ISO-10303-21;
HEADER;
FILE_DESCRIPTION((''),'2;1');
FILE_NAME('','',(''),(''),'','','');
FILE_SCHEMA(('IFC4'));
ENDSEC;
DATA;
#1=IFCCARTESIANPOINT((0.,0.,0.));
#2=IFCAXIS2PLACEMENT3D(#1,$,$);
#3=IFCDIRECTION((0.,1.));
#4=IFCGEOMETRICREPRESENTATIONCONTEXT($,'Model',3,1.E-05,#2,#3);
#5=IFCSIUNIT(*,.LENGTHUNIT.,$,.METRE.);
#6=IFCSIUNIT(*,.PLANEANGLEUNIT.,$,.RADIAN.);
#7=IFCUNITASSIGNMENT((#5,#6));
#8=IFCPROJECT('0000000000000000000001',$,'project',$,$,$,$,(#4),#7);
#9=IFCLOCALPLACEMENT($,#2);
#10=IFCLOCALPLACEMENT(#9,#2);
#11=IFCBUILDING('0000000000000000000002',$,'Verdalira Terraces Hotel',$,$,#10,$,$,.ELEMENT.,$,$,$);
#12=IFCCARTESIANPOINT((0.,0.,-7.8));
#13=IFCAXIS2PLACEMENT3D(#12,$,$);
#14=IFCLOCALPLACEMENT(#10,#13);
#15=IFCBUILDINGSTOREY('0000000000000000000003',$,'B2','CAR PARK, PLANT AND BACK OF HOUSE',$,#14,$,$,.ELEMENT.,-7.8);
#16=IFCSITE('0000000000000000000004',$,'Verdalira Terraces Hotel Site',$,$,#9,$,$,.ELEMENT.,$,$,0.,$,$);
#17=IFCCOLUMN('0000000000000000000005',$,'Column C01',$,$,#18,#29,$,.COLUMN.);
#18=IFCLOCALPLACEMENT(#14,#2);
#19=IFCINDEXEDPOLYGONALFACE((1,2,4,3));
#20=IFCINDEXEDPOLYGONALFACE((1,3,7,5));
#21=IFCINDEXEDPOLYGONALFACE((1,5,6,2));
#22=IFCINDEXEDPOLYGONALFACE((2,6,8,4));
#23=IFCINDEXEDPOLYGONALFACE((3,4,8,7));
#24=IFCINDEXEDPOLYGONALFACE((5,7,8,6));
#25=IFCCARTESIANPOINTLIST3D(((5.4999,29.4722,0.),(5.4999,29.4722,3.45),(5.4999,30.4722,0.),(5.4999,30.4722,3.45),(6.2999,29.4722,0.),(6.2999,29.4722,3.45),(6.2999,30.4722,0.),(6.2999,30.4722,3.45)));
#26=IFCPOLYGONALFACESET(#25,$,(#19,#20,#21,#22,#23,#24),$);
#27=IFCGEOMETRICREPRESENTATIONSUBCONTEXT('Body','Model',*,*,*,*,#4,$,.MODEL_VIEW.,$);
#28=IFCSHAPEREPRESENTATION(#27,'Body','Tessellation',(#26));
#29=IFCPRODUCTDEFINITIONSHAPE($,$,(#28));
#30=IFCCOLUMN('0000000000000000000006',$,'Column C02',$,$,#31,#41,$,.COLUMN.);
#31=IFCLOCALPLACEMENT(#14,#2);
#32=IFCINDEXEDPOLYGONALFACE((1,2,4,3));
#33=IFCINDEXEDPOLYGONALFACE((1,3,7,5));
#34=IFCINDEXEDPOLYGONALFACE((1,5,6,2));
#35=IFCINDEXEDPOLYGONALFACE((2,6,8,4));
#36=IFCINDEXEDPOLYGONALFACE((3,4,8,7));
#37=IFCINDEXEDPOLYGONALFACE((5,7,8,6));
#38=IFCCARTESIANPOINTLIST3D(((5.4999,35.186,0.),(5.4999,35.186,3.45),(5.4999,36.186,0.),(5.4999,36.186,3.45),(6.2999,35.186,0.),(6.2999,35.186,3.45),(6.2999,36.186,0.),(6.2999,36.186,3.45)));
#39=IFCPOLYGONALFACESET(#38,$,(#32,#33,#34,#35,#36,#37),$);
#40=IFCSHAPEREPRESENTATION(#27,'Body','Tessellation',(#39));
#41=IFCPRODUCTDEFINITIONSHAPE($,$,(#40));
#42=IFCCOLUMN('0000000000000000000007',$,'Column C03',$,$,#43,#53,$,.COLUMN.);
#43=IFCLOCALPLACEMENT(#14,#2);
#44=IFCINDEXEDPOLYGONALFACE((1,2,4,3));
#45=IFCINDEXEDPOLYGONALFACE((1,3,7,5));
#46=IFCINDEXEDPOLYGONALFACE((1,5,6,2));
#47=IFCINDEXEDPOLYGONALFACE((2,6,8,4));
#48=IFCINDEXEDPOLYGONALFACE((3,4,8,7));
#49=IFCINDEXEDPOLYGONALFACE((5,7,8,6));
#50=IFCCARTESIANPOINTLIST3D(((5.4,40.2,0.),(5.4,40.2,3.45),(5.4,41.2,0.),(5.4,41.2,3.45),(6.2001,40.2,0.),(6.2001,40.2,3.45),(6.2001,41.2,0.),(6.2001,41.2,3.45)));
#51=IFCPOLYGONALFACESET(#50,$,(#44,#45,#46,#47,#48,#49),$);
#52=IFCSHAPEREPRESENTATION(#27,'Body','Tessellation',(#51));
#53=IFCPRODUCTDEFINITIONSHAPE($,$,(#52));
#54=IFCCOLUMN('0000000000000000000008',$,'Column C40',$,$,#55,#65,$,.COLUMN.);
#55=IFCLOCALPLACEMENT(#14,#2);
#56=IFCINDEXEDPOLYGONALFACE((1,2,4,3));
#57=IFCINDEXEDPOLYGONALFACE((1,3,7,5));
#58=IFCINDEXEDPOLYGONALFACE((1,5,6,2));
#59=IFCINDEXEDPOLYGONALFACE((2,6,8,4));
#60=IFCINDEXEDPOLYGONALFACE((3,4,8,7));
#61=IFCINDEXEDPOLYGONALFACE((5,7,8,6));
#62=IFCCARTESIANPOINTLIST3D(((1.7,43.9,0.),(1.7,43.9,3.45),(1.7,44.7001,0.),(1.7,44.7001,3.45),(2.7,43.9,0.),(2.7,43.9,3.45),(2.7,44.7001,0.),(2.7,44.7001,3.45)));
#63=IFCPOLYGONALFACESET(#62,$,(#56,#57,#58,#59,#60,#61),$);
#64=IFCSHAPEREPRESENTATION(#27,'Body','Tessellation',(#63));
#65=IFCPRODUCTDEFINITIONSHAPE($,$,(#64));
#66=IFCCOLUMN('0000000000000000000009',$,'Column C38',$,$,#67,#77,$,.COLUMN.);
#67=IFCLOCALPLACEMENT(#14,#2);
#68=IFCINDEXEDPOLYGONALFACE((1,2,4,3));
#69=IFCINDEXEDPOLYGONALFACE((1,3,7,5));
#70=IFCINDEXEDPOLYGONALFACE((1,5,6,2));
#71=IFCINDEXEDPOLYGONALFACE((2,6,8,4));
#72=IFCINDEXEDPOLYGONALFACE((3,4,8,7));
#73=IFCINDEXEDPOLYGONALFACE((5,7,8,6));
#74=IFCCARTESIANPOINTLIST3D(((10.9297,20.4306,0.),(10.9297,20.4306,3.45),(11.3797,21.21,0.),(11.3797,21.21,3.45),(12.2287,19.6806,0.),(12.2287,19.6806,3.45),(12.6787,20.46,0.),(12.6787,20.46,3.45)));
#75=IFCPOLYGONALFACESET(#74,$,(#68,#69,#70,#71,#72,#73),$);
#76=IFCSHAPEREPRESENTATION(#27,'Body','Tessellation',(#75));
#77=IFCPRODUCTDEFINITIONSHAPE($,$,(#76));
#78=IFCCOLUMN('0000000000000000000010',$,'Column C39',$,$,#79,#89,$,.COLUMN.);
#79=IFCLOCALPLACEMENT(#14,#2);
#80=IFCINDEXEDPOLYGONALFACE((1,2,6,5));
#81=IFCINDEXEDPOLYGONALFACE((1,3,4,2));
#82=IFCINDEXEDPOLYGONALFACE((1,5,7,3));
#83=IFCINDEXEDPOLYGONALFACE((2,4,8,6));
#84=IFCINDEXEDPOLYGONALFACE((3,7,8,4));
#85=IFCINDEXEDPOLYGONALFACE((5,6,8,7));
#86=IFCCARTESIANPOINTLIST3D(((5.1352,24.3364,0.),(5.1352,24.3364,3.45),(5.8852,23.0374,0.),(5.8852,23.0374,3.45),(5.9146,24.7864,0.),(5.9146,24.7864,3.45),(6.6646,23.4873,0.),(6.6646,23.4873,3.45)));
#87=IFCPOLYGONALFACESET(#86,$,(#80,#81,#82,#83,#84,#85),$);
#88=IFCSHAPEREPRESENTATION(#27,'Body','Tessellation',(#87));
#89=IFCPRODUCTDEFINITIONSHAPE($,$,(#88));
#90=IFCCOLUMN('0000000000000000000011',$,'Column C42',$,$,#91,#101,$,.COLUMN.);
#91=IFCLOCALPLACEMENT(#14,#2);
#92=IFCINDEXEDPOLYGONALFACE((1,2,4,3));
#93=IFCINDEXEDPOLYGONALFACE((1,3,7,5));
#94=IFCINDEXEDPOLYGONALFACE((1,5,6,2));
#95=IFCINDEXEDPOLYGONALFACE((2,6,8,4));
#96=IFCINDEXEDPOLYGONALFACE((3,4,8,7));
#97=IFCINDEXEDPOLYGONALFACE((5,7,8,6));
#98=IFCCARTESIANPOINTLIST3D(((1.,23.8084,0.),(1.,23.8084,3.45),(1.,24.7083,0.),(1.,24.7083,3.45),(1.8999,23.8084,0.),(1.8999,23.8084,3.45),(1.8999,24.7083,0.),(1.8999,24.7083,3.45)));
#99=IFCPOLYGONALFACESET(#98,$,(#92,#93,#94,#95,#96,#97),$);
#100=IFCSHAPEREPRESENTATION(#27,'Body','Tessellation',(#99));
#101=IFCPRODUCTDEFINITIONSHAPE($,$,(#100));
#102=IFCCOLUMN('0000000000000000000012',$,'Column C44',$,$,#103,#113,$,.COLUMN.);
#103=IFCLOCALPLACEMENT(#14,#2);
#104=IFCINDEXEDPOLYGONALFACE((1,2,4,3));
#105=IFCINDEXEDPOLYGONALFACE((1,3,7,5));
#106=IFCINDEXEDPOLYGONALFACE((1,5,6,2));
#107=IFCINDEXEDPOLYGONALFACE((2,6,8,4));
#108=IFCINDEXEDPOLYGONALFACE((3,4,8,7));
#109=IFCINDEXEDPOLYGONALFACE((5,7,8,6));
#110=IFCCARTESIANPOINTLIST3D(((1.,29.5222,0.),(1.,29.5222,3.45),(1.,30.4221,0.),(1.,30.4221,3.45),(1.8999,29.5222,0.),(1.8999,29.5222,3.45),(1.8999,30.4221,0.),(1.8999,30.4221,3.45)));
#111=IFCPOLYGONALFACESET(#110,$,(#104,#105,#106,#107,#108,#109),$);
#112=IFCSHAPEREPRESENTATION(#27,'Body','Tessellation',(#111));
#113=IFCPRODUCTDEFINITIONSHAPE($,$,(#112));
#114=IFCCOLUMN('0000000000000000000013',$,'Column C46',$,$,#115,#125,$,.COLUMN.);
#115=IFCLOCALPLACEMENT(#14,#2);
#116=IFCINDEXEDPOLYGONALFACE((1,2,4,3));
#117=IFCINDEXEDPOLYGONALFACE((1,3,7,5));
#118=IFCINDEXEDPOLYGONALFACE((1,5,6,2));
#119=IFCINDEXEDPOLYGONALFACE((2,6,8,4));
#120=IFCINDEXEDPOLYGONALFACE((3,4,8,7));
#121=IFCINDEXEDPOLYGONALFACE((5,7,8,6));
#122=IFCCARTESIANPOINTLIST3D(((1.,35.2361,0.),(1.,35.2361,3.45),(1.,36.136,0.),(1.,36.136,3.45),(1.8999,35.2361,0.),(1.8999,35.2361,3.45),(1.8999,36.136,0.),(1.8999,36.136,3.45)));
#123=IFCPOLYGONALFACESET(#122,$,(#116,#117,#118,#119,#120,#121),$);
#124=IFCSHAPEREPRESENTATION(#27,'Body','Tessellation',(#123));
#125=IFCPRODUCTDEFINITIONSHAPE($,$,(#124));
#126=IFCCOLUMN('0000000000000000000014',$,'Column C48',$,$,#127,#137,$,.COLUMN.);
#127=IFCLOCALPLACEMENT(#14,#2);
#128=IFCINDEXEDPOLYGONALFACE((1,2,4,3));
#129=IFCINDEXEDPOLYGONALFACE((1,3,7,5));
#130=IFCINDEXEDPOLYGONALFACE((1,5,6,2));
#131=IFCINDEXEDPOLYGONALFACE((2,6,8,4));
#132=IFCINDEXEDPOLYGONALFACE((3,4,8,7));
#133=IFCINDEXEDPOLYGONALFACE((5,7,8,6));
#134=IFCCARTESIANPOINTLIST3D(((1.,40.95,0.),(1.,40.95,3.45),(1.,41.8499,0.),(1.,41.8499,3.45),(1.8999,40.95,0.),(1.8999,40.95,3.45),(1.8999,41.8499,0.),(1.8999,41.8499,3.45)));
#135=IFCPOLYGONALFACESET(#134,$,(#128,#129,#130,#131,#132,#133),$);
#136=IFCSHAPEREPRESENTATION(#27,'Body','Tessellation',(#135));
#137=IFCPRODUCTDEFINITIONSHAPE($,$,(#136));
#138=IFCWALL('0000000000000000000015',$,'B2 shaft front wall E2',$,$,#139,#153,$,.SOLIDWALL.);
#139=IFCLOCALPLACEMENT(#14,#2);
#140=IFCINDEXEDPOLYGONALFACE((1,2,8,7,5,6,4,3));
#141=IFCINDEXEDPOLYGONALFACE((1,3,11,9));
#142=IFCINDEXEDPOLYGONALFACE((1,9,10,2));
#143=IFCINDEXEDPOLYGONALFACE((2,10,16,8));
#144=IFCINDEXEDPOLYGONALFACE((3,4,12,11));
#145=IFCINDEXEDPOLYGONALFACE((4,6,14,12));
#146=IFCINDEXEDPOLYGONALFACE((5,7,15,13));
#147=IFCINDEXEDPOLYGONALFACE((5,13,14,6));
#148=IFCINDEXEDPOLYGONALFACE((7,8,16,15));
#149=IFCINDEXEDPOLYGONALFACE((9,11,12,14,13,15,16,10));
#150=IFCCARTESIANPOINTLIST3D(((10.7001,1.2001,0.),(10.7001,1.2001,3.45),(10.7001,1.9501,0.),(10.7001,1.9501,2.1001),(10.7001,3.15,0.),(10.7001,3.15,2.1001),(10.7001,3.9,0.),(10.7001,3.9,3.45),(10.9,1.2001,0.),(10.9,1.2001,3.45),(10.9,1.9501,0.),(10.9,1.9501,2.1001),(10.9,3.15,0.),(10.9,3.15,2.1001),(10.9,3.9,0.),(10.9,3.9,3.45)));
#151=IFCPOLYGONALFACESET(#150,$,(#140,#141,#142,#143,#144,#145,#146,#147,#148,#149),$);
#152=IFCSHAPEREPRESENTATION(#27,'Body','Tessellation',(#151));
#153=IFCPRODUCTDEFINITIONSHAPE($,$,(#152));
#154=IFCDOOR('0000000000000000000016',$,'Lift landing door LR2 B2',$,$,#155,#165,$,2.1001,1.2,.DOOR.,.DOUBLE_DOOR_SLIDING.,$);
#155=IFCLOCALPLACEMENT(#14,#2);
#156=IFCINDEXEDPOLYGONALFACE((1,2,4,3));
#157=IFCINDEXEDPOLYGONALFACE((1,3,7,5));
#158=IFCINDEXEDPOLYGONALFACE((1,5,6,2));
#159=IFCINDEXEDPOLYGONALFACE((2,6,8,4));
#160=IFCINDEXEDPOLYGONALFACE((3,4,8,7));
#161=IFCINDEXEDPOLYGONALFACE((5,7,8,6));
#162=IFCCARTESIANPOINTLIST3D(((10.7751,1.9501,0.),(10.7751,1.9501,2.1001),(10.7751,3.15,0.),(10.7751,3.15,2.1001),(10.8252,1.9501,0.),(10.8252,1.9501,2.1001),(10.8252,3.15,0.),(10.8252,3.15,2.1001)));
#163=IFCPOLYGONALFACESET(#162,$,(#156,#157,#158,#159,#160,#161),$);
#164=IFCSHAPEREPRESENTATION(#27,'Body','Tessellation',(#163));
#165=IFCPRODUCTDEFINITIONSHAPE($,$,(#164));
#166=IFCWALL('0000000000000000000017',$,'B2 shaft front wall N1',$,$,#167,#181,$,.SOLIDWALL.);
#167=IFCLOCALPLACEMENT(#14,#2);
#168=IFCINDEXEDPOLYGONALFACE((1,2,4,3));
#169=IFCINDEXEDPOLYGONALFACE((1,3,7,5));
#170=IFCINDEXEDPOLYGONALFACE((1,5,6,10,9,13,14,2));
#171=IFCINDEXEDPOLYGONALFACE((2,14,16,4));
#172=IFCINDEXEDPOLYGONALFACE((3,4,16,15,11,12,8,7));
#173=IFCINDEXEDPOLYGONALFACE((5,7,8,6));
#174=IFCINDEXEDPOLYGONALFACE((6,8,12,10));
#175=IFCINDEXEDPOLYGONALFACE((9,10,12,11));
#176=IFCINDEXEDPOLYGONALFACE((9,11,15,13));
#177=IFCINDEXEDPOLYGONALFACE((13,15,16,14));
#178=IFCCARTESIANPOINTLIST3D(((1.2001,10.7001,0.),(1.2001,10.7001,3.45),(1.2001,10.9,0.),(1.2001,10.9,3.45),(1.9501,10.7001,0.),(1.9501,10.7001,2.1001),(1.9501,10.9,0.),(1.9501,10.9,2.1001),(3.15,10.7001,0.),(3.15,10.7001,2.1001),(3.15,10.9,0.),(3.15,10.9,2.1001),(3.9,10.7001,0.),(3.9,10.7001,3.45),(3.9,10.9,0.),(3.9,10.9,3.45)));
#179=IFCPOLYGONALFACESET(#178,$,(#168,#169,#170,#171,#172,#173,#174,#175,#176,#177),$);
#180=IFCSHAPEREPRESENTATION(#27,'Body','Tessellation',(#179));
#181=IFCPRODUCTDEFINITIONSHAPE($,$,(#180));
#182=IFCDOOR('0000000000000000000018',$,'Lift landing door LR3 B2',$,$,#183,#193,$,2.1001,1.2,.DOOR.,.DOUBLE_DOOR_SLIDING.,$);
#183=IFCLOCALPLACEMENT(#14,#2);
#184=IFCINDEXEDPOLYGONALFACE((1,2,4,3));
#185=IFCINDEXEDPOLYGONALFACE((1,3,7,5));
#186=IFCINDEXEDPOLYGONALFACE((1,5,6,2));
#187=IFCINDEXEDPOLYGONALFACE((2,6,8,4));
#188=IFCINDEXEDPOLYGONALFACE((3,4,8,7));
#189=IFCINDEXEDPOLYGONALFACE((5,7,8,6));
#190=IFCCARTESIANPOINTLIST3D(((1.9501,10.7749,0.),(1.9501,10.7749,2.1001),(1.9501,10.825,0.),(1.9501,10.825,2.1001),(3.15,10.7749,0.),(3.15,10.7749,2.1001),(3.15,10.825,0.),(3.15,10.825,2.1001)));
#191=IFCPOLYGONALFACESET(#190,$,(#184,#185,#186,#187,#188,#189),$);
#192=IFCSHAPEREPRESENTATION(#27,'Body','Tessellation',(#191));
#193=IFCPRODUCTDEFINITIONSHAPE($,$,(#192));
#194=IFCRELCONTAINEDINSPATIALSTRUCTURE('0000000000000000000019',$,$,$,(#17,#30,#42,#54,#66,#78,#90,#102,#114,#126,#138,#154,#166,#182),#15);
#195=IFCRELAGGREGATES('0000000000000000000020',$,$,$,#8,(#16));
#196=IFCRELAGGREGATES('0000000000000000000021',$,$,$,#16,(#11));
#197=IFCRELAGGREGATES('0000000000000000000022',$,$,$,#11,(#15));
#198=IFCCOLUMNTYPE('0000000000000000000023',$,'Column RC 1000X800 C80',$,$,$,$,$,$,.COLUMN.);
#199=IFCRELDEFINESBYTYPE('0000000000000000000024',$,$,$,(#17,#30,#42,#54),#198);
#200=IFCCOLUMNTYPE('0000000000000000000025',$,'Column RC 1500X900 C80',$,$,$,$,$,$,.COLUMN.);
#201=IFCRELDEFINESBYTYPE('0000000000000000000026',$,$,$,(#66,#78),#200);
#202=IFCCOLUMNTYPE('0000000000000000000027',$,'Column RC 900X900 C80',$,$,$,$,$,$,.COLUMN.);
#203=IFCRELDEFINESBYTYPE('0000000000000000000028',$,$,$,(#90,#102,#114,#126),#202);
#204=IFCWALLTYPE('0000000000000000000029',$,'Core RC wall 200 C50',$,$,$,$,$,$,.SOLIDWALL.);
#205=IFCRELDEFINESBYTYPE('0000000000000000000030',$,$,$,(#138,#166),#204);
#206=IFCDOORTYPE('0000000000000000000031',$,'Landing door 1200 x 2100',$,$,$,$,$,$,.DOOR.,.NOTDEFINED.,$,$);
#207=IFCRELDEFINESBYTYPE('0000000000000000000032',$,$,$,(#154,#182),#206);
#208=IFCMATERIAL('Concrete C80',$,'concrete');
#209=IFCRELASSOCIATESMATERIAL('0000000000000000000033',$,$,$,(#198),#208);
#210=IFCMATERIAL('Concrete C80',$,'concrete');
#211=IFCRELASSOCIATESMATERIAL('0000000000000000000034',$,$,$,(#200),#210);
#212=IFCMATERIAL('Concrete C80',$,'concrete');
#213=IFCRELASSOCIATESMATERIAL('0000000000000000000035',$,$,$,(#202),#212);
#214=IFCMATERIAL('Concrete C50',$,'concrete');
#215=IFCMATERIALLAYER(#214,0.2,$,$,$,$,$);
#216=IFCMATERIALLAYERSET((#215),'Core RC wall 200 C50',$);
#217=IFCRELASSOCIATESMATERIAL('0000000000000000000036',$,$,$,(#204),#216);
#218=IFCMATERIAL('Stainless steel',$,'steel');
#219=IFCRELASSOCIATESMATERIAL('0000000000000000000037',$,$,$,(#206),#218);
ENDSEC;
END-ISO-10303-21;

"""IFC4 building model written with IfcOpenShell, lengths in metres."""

from ifc_helpers import new_model, si_unit, direction, frame, frame_2d, origin, origin_2d, place, context, subcontext, project, spatial, rectangle, extrude, material, layer, layer_set, material_profile, profile_set, type_object, element, fill, save


model = new_model("IFC4")

# Units and contexts
model_context = context("Model", 3, precision=1e-05, world=origin(), true_north=direction((0.0, 1.0)))
body_context = subcontext(model_context, "Body", "Model", "MODEL_VIEW")
ifc_project = project(units=[si_unit("LENGTHUNIT", "METRE"), si_unit("PLANEANGLEUNIT", "RADIAN")], contexts=[model_context])

# Site, building, storey
site_placement = place(None, origin())
site = spatial("IfcSite", under=ifc_project, at=site_placement, Name="Verdalira Terraces Hotel Site", CompositionType="ELEMENT", RefElevation=0.0)
building_placement = place(site_placement, origin())
building = spatial("IfcBuilding", under=site, at=building_placement, Name="Verdalira Terraces Hotel", CompositionType="ELEMENT")
storey_placement = place(building_placement, frame((0.0, 0.0, -7.8)))
storey = spatial("IfcBuildingStorey", under=building, at=storey_placement, Name="B2", Description="CAR PARK, PLANT AND BACK OF HOUSE", CompositionType="ELEMENT", Elevation=-7.8)

# Columns
ifc_material_1 = material(Name="Concrete C80", Category="concrete")
ifc_material_profile_1 = material_profile(ifc_material_1, rectangle(XDim=1.0, YDim=0.8, at=origin_2d()), Name="RC 1000X800")
ifc_profile_set_1 = profile_set([ifc_material_profile_1], Name="Concrete C80")
column_type_1 = type_object("IfcColumnType", Name="Column RC 1000X800 C80", PredefinedType="COLUMN", material=ifc_profile_set_1)
for number, where, z_axis, x_axis, name in (
    (1, (5.8999, 29.9722, 0.0), (0.0, 0.0, 1.0), (0.0, 1.0, 0.0), "Column C01"),
    (2, (5.8999, 35.686, 0.0), (0.0, 0.0, 1.0), (0.0, 1.0, 0.0), "Column C02"),
    (3, (5.8, 40.7, 0.0), (0.0, 0.0, 1.0), (0.0, 1.0, 0.0), "Column C03"),
    (4, (2.2, 44.3, 0.0), (0.0, 0.0, 1.0), (-1.0, 0.0, 0.0), "Column C40"),
):
    element("IfcColumn", number, at=place(storey_placement, frame(where, z_axis=z_axis, x_axis=x_axis)), inside=storey, type_object=column_type_1, Name=name, PredefinedType="COLUMN", context=body_context, shape_type="SweptSolid", body=[
        extrude(rectangle(XDim=1.0, YDim=0.8, at=origin_2d()), origin(), (0.0, 0.0, 1.0), 3.45),
    ])
ifc_material_2 = material(Name="Concrete C80", Category="concrete")
ifc_material_profile_2 = material_profile(ifc_material_2, rectangle(XDim=1.5, YDim=0.8999, at=origin_2d()), Name="RC 1500X900")
ifc_profile_set_2 = profile_set([ifc_material_profile_2], Name="Concrete C80")
column_type_2 = type_object("IfcColumnType", Name="Column RC 1500X900 C80", PredefinedType="COLUMN", material=ifc_profile_set_2)
for number, where, z_axis, x_axis, name in (
    (5, (11.8042, 20.4453, 0.0), (0.0, 0.0, 1.0), (-0.866025, 0.5, 0.0), "Column C38"),
    (6, (5.8999, 23.9119, 0.0), (0.0, 0.0, 1.0), (0.5, -0.866025, 0.0), "Column C39"),
):
    element("IfcColumn", number, at=place(storey_placement, frame(where, z_axis=z_axis, x_axis=x_axis)), inside=storey, type_object=column_type_2, Name=name, PredefinedType="COLUMN", context=body_context, shape_type="SweptSolid", body=[
        extrude(rectangle(XDim=1.5, YDim=0.8999, at=origin_2d()), origin(), (0.0, 0.0, 1.0), 3.45),
    ])
ifc_material_3 = material(Name="Concrete C80", Category="concrete")
ifc_material_profile_3 = material_profile(ifc_material_3, rectangle(XDim=0.8999, YDim=0.8999, at=origin_2d()), Name="RC 900X900")
ifc_profile_set_3 = profile_set([ifc_material_profile_3], Name="Concrete C80")
column_type_3 = type_object("IfcColumnType", Name="Column RC 900X900 C80", PredefinedType="COLUMN", material=ifc_profile_set_3)
for number, where, z_axis, x_axis, name in (
    (7, (1.45, 24.2583, 0.0), (0.0, 0.0, 1.0), (0.0, 1.0, 0.0), "Column C42"),
    (8, (1.45, 29.9722, 0.0), (0.0, 0.0, 1.0), (0.0, 1.0, 0.0), "Column C44"),
    (9, (1.45, 35.686, 0.0), (0.0, 0.0, 1.0), (0.0, 1.0, 0.0), "Column C46"),
    (10, (1.45, 41.3999, 0.0), (0.0, 0.0, 1.0), (0.0, 1.0, 0.0), "Column C48"),
):
    element("IfcColumn", number, at=place(storey_placement, frame(where, z_axis=z_axis, x_axis=x_axis)), inside=storey, type_object=column_type_3, Name=name, PredefinedType="COLUMN", context=body_context, shape_type="SweptSolid", body=[
        extrude(rectangle(XDim=0.8999, YDim=0.8999, at=origin_2d()), origin(), (0.0, 0.0, 1.0), 3.45),
    ])

# Walls, openings, doors
ifc_material_4 = material(Name="Concrete C50", Category="concrete")
ifc_layer_1 = layer(ifc_material_4, 0.2)
ifc_layer_set_1 = layer_set([ifc_layer_1], Name="Core RC wall 200 C50")
wall_type_1 = type_object("IfcWallType", Name="Core RC wall 200 C50", PredefinedType="SOLIDWALL", material=ifc_layer_set_1)
wall_1_placement = place(storey_placement, frame((10.8, 1.2, 0.0), z_axis=(0.0, 0.0, 1.0), x_axis=(0.0, 1.0, 0.0)))
wall_1 = element("IfcWall", 11, at=wall_1_placement, inside=storey, type_object=wall_type_1, Name="B2 shaft front wall E2", PredefinedType="SOLIDWALL", context=body_context, shape_type="SweptSolid", body=[
    extrude(rectangle(XDim=2.7, YDim=0.2, at=frame_2d((1.3501, 0.0))), origin(), (0.0, 0.0, 1.0), 3.45),
])
opening_1_placement = place(wall_1_placement, frame((0.75, 0.0, 0.0)))
opening_1 = element("IfcOpeningElement", 12, at=opening_1_placement, cuts=wall_1, PredefinedType="OPENING", context=body_context, shape_type="SweptSolid", body=[
    extrude(rectangle(XDim=1.2, YDim=2.1001, at=frame_2d((0.6001, 1.05))), frame((0.0, 0.1099, 0.0), z_axis=(0.0, -1.0, 0.0), x_axis=(1.0, 0.0, 0.0)), (0.0, 0.0, 1.0), 0.22),
])
ifc_material_5 = material(Name="Stainless steel", Category="steel")
door_type_1 = type_object("IfcDoorType", Name="Landing door 1200 x 2100", OperationType="NOTDEFINED", PredefinedType="DOOR", material=ifc_material_5)
door_1_placement = place(opening_1_placement, origin())
door_1 = element("IfcDoor", 13, at=door_1_placement, inside=storey, type_object=door_type_1, Name="Lift landing door LR2 B2", OperationType="DOUBLE_DOOR_SLIDING", OverallHeight=2.1001, OverallWidth=1.2, PredefinedType="DOOR", context=body_context, shape_type="SweptSolid", body=[
    extrude(rectangle(XDim=1.2, YDim=2.1001, at=frame_2d((0.6001, 1.05))), frame((0.0, 0.0249, 0.0), z_axis=(0.0, -1.0, 0.0), x_axis=(1.0, 0.0, 0.0)), (0.0, 0.0, 1.0), 0.05),
])
fill(opening_1, door_1)
wall_2_placement = place(storey_placement, frame((1.2, 10.8, 0.0), z_axis=(0.0, 0.0, 1.0), x_axis=(1.0, 0.0, 0.0)))
wall_2 = element("IfcWall", 14, at=wall_2_placement, inside=storey, type_object=wall_type_1, Name="B2 shaft front wall N1", PredefinedType="SOLIDWALL", context=body_context, shape_type="SweptSolid", body=[
    extrude(rectangle(XDim=2.7, YDim=0.2, at=frame_2d((1.3501, 0.0))), origin(), (0.0, 0.0, 1.0), 3.45),
])
opening_2_placement = place(wall_2_placement, frame((0.75, 0.0, 0.0)))
opening_2 = element("IfcOpeningElement", 15, at=opening_2_placement, cuts=wall_2, PredefinedType="OPENING", context=body_context, shape_type="SweptSolid", body=[
    extrude(rectangle(XDim=1.2, YDim=2.1001, at=frame_2d((0.6001, 1.05))), frame((0.0, 0.1099, 0.0), z_axis=(0.0, -1.0, 0.0), x_axis=(1.0, 0.0, 0.0)), (0.0, 0.0, 1.0), 0.22),
])
door_2_placement = place(opening_2_placement, origin())
door_2 = element("IfcDoor", 16, at=door_2_placement, inside=storey, type_object=door_type_1, Name="Lift landing door LR3 B2", OperationType="DOUBLE_DOOR_SLIDING", OverallHeight=2.1001, OverallWidth=1.2, PredefinedType="DOOR", context=body_context, shape_type="SweptSolid", body=[
    extrude(rectangle(XDim=1.2, YDim=2.1001, at=frame_2d((0.6001, 1.05))), frame((0.0, 0.0249, 0.0), z_axis=(0.0, -1.0, 0.0), x_axis=(1.0, 0.0, 0.0)), (0.0, 0.0, 1.0), 0.05),
])
fill(opening_2, door_2)

save(model, "model.ifc")
